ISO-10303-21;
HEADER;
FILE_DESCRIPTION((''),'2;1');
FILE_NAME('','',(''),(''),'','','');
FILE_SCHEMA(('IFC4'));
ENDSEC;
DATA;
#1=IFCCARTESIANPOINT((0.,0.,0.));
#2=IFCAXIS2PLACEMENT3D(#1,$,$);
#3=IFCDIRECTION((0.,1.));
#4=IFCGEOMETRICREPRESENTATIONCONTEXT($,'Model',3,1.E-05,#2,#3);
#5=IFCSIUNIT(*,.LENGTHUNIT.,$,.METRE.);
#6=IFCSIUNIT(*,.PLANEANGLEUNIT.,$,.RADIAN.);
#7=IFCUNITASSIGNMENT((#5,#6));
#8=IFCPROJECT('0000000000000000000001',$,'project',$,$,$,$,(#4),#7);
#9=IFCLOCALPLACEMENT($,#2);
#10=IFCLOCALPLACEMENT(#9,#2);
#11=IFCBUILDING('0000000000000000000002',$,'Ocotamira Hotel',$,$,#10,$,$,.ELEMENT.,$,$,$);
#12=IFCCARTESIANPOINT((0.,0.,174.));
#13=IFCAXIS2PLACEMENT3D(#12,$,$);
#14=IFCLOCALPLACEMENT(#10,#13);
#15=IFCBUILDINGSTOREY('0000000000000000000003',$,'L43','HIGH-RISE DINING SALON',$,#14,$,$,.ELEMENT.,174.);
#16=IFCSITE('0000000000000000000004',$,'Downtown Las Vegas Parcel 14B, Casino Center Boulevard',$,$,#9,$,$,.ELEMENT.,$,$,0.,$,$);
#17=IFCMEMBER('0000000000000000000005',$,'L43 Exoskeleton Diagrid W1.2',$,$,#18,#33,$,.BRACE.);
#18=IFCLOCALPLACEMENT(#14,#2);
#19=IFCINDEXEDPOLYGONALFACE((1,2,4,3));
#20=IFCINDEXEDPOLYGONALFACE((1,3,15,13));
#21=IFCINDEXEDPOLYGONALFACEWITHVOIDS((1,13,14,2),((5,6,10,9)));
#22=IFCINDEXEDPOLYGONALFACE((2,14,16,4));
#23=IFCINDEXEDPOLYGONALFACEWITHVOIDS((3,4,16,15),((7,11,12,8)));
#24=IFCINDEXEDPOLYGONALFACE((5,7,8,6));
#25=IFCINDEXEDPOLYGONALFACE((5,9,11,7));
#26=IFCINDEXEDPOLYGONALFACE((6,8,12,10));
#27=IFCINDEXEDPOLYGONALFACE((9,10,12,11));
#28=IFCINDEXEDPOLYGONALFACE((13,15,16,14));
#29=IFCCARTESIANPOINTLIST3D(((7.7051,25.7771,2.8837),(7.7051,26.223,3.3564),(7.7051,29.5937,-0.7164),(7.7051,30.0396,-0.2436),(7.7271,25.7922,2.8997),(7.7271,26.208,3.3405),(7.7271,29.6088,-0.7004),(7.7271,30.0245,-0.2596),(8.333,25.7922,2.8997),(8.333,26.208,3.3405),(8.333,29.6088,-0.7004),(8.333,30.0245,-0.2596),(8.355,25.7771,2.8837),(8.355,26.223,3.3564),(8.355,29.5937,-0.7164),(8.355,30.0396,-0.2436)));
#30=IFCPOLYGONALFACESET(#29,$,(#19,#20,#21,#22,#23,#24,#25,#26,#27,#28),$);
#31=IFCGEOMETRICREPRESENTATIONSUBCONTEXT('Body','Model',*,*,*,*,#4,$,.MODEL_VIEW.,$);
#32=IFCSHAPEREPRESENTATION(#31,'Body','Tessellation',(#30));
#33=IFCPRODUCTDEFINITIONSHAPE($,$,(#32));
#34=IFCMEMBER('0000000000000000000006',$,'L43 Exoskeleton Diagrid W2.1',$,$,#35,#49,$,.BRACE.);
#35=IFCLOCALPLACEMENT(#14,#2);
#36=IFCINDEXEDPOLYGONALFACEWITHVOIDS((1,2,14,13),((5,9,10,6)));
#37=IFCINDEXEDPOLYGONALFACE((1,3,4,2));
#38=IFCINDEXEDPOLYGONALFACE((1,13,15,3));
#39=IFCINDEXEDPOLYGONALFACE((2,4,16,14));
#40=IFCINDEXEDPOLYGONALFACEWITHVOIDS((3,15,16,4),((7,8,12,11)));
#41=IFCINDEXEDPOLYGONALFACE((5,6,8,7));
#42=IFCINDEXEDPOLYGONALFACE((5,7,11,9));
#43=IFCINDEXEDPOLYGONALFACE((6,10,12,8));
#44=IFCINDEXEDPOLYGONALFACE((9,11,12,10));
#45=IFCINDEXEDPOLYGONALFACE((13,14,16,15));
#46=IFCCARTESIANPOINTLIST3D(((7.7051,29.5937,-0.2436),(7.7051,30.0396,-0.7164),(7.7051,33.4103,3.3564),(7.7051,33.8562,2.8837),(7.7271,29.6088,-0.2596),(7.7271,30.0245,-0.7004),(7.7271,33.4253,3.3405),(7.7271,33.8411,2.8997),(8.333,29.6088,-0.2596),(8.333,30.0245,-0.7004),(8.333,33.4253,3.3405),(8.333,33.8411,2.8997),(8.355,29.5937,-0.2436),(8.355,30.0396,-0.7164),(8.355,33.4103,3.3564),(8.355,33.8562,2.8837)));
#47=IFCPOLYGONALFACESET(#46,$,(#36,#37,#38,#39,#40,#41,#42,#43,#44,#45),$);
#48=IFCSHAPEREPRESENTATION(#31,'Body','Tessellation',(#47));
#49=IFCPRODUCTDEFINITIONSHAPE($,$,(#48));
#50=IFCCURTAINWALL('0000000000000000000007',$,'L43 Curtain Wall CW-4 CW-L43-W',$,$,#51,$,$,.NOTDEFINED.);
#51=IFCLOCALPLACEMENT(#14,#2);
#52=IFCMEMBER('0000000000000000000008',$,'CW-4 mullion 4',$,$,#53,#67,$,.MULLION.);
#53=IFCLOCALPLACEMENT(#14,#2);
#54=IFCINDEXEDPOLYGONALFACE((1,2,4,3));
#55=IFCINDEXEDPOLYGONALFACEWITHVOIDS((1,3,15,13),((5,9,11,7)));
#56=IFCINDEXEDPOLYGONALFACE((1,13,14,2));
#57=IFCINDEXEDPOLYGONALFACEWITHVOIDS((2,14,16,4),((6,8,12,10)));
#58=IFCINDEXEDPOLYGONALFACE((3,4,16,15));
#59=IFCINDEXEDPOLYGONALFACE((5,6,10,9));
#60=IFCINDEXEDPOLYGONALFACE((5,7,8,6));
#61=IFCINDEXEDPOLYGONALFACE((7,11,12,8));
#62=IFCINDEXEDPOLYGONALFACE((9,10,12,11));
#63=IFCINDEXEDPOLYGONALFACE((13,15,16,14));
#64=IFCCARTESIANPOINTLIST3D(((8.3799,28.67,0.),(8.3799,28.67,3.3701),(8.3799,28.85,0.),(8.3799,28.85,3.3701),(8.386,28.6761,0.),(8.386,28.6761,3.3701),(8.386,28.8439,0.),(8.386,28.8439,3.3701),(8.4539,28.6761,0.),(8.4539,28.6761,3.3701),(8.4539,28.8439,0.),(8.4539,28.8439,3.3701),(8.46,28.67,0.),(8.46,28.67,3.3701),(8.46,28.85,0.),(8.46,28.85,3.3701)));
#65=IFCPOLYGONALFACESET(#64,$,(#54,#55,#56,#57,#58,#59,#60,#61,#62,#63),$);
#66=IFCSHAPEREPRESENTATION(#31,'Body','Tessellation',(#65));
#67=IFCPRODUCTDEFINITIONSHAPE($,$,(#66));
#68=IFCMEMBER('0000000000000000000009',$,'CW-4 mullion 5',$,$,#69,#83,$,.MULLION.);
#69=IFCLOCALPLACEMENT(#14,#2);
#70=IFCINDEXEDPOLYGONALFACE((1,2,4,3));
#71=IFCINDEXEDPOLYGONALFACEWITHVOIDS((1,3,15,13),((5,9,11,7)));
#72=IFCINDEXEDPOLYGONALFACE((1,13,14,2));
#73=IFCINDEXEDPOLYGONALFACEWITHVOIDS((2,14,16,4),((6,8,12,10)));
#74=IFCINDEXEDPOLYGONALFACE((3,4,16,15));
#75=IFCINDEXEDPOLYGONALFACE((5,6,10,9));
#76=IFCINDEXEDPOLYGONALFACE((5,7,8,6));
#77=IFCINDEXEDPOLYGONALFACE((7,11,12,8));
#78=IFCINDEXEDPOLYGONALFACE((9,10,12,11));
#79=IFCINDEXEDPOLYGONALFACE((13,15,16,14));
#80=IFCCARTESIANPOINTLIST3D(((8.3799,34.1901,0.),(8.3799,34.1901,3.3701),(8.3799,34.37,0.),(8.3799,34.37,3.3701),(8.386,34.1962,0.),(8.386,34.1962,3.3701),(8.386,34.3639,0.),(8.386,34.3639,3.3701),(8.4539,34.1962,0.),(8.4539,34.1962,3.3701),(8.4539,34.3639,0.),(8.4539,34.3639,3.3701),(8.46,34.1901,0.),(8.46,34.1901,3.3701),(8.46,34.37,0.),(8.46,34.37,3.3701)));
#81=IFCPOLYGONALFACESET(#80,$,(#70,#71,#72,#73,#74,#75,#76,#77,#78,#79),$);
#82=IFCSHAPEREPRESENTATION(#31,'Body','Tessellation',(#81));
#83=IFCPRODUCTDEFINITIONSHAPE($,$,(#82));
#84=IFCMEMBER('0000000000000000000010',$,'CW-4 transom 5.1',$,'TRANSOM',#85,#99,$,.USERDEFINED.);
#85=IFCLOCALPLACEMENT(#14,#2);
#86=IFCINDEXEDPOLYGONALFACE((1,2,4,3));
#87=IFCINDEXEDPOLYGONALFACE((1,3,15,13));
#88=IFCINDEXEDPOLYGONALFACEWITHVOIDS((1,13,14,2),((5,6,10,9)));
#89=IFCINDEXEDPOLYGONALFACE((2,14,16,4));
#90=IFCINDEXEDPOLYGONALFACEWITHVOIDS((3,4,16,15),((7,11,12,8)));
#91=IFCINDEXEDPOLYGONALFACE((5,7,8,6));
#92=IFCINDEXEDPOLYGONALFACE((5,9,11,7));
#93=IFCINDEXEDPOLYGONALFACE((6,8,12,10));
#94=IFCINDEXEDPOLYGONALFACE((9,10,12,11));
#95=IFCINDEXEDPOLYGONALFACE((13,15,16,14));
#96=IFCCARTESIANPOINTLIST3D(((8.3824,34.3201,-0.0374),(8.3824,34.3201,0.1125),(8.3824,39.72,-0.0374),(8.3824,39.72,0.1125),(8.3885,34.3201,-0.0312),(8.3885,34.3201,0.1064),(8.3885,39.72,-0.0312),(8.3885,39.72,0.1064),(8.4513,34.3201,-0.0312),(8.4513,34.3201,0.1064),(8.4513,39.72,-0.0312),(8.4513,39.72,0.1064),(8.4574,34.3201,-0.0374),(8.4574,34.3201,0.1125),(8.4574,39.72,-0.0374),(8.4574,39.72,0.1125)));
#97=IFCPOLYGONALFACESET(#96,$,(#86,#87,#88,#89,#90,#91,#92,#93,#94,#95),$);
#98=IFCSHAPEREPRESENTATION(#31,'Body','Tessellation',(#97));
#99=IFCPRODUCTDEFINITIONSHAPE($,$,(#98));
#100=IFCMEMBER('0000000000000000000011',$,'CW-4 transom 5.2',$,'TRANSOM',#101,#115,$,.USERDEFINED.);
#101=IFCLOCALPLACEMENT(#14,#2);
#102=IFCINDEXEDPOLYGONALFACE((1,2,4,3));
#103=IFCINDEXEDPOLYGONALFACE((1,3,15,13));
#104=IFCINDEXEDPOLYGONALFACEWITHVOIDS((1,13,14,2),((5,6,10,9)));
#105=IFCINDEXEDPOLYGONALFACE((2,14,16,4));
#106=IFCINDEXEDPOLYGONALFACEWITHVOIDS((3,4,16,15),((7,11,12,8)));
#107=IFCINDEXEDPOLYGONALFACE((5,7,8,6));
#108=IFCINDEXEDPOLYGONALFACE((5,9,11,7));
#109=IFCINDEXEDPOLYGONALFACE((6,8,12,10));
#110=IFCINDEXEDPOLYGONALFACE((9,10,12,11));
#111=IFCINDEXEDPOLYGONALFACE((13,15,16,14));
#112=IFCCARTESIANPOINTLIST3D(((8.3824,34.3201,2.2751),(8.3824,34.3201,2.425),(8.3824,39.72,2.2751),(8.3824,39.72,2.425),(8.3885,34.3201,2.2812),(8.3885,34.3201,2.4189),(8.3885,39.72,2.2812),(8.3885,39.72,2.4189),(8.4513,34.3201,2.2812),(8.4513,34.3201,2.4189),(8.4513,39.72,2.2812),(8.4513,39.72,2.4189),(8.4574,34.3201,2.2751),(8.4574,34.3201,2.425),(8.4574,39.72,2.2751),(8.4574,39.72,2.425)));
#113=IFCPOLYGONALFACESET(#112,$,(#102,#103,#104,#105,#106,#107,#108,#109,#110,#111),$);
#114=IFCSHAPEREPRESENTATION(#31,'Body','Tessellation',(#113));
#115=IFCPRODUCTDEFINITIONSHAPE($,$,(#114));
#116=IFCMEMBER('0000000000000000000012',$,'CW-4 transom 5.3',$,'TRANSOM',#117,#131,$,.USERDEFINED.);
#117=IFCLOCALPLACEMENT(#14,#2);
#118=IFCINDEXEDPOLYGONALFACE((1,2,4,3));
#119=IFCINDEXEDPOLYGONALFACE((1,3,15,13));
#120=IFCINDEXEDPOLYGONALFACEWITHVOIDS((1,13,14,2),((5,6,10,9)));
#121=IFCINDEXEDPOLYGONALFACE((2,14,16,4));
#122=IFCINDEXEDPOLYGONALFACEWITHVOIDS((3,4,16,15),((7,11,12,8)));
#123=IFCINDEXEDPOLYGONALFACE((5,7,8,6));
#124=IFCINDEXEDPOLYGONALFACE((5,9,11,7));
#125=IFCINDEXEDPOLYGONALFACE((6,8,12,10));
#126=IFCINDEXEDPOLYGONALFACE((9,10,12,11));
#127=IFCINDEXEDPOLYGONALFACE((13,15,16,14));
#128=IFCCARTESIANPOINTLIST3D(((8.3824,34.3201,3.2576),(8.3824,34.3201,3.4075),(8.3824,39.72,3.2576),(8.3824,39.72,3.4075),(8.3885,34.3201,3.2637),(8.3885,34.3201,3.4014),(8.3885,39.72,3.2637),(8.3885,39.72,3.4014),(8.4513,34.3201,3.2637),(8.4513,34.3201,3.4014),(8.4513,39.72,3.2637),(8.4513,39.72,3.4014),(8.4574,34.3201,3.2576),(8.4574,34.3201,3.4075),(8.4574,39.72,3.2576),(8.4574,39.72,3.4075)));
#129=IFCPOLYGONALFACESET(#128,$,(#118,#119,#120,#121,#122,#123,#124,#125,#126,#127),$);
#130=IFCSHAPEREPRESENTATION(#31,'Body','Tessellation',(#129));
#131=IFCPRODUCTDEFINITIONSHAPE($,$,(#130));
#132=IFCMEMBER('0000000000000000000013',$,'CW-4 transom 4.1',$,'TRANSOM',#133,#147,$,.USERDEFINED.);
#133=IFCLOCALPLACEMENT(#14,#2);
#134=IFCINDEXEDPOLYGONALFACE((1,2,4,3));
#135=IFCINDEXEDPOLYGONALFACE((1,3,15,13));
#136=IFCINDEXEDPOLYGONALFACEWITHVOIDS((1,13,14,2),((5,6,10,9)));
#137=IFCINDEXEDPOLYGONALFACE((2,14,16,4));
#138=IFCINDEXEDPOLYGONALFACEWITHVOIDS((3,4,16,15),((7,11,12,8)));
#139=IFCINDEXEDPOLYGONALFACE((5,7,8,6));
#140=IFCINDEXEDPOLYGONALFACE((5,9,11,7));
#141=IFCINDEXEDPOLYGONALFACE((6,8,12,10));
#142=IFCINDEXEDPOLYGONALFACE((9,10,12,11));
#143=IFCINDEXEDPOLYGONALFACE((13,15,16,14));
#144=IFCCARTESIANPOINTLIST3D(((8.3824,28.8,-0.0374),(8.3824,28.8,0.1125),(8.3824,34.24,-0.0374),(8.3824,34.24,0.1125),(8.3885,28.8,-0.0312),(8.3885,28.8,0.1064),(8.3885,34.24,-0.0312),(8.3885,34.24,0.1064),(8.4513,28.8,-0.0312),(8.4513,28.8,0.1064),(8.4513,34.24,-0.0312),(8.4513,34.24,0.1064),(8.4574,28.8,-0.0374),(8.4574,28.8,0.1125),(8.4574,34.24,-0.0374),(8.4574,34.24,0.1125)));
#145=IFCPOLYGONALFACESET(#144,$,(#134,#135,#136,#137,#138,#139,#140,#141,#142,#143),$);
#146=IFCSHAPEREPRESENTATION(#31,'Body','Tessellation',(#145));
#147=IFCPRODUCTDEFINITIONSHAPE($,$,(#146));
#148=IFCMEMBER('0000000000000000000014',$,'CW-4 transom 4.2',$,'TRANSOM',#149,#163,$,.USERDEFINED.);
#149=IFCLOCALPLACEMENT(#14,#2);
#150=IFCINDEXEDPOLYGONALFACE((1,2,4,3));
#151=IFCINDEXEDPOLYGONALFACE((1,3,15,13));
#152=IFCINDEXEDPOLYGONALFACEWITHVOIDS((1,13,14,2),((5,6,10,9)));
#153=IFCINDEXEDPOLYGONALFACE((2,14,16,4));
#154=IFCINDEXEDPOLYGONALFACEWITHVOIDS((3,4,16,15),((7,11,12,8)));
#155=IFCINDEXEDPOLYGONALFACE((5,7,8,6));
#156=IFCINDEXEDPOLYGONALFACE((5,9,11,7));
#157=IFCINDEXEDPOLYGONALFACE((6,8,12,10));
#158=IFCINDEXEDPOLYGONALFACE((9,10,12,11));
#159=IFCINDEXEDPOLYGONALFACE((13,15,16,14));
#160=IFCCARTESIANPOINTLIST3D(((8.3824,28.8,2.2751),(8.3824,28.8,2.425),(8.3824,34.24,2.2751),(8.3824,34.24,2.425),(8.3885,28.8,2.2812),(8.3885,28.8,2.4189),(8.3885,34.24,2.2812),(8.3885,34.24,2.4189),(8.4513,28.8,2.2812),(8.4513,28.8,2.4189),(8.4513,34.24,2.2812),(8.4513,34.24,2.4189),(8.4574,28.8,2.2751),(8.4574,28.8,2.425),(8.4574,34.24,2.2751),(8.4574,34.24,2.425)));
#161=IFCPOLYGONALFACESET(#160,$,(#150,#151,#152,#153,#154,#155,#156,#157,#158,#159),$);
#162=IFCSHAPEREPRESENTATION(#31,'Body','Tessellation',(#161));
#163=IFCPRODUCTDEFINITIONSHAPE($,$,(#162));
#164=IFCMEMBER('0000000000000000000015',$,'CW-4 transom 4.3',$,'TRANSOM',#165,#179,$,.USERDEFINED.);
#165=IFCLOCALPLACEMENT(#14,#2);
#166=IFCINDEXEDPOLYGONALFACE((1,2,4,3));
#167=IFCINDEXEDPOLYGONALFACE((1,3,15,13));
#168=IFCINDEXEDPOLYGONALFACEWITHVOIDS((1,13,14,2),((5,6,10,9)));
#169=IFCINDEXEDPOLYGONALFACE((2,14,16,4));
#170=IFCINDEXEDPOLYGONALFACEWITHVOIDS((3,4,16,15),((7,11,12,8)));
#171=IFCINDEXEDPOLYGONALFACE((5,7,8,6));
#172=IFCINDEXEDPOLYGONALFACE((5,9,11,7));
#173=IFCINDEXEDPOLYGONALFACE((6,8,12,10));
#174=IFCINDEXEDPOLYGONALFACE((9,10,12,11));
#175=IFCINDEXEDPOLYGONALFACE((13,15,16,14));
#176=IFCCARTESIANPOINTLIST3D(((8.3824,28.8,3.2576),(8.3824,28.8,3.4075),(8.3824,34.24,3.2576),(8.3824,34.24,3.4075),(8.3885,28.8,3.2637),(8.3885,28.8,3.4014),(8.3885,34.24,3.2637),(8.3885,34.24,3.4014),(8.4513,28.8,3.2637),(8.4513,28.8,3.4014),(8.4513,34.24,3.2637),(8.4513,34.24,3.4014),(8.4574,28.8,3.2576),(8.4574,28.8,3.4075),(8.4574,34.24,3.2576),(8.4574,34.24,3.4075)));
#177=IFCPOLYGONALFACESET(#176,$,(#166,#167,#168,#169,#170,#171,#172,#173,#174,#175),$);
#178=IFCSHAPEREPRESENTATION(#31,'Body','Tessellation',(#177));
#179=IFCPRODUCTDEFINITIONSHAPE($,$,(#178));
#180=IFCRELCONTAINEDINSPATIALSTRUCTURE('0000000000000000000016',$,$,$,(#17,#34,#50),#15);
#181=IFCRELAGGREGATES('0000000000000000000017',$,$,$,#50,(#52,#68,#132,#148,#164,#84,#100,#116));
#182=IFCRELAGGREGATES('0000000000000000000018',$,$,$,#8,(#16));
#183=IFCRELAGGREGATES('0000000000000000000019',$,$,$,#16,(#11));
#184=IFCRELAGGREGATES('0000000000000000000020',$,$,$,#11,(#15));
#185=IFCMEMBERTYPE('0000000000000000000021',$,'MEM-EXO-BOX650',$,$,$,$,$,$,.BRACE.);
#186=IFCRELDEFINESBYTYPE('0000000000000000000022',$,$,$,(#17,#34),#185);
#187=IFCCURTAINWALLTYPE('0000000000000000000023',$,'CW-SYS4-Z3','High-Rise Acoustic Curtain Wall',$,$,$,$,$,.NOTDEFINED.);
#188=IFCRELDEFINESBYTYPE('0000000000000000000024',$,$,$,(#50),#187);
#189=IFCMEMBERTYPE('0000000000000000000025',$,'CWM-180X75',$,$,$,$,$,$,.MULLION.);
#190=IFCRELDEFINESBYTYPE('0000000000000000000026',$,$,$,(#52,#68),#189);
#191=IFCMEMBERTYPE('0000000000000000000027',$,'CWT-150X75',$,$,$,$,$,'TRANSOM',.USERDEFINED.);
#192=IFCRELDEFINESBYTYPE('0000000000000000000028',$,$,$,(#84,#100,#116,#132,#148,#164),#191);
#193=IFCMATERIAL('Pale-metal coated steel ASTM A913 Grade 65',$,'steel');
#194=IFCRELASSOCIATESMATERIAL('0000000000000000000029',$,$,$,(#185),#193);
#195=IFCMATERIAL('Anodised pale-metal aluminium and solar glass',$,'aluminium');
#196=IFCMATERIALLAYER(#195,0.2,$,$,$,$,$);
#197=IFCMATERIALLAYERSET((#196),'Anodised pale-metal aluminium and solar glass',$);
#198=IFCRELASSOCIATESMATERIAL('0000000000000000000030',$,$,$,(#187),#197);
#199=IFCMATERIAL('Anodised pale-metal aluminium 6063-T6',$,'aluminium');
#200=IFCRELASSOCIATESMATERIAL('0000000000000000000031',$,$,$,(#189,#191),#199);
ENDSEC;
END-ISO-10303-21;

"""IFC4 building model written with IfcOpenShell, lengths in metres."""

from ifc_helpers import new_model, si_unit, direction, frame, origin, origin_2d, place, context, subcontext, project, spatial, hollow_rectangle, extrude, source, transform, mapped, material, layer, layer_set, material_profile, profile_set, type_object, element, aggregate, save


model = new_model("IFC4")

# Units and contexts
model_context = context("Model", 3, precision=1e-05, world=origin(), true_north=direction((0.0, 1.0)))
body_context = subcontext(model_context, "Body", "Model", "MODEL_VIEW")
ifc_project = project(units=[si_unit("LENGTHUNIT", "METRE"), si_unit("PLANEANGLEUNIT", "RADIAN")], contexts=[model_context])

# Site, building, storey
site_placement = place(None, origin())
site = spatial("IfcSite", under=ifc_project, at=site_placement, Name="Downtown Las Vegas Parcel 14B, Casino Center Boulevard", CompositionType="ELEMENT", RefElevation=0.0)
building_placement = place(site_placement, origin())
building = spatial("IfcBuilding", under=site, at=building_placement, Name="Ocotamira Hotel", CompositionType="ELEMENT")
storey_placement = place(building_placement, frame((0.0, 0.0, 174.0)))
storey = spatial("IfcBuildingStorey", under=building, at=storey_placement, Name="L43", Description="HIGH-RISE DINING SALON", CompositionType="ELEMENT", Elevation=174.0)

# Members
ifc_material_1 = material(Name="Pale-metal coated steel ASTM A913 Grade 65", Category="steel")
ifc_material_profile_1 = material_profile(ifc_material_1, hollow_rectangle(XDim=0.6499, YDim=0.6499, WallThickness=0.022, at=origin_2d()), Name="BOX650X650X22")
ifc_profile_set_1 = profile_set([ifc_material_profile_1], Name="Pale-metal coated steel ASTM A913 Grade 65")
member_type_1 = type_object("IfcMemberType", Name="MEM-EXO-BOX650", PredefinedType="BRACE", material=ifc_profile_set_1)
shared_shape_1 = source(origin(), body_context, "Body", "SweptSolid", [
    extrude(hollow_rectangle(XDim=0.6499, YDim=0.6499, WallThickness=0.022, at=origin_2d()), origin(), (0.0, 0.0, 1.0), 5.2466),
])
for number, where, z_axis, x_axis, name in (
    (1, (8.03, 29.8167, -0.48), (0.0, -0.727443, 0.686168), (1.0, 0.0, 0.0), "L43 Exoskeleton Diagrid W1.2"),
    (2, (8.03, 29.8167, -0.48), (0.0, 0.727443, 0.686168), (-1.0, 0.0, 0.0), "L43 Exoskeleton Diagrid W2.1"),
):
    element("IfcMember", number, at=place(storey_placement, frame(where, z_axis=z_axis, x_axis=x_axis)), inside=storey, type_object=member_type_1, Name=name, PredefinedType="BRACE", context=body_context, shape_type="MappedRepresentation", body=[
        mapped(shared_shape_1, transform((0.0, 0.0, 0.0), scale=1.0)),
    ])

# Curtain wall, members
ifc_material_2 = material(Name="Anodised pale-metal aluminium and solar glass", Category="aluminium")
ifc_layer_1 = layer(ifc_material_2, 0.2)
ifc_layer_set_1 = layer_set([ifc_layer_1], Name="Anodised pale-metal aluminium and solar glass")
curtain_wall_type = type_object("IfcCurtainWallType", Name="CW-SYS4-Z3", Description="High-Rise Acoustic Curtain Wall", PredefinedType="NOTDEFINED", material=ifc_layer_set_1)
curtain_wall_placement = place(storey_placement, origin())
curtain_wall = element("IfcCurtainWall", 3, at=curtain_wall_placement, inside=storey, type_object=curtain_wall_type, Name="L43 Curtain Wall CW-4 CW-L43-W", PredefinedType="NOTDEFINED")
ifc_material_3 = material(Name="Anodised pale-metal aluminium 6063-T6", Category="aluminium")
ifc_material_profile_2 = material_profile(ifc_material_3, hollow_rectangle(XDim=0.0801, YDim=0.1799, WallThickness=0.0061, at=origin_2d()), Name="HSS180X80X6")
ifc_profile_set_2 = profile_set([ifc_material_profile_2], Name="Anodised pale-metal aluminium 6063-T6")
member_type_2 = type_object("IfcMemberType", Name="CWM-180X75", PredefinedType="MULLION", material=ifc_profile_set_2)
shared_shape_2 = source(origin(), body_context, "Body", "SweptSolid", [
    extrude(hollow_rectangle(XDim=0.0801, YDim=0.1799, WallThickness=0.0061, at=origin_2d()), origin(), (0.0, 0.0, 1.0), 3.3701),
])
member_1_placement = place(storey_placement, frame((8.4199, 28.76, 0.0), z_axis=(0.0, 0.0, 1.0), x_axis=(-1.0, 0.0, 0.0)))
member_1 = element("IfcMember", 4, at=member_1_placement, type_object=member_type_2, Name="CW-4 mullion 4", PredefinedType="MULLION", context=body_context, shape_type="MappedRepresentation", body=[
    mapped(shared_shape_2, transform((0.0, 0.0, 0.0), scale=1.0)),
])
member_2_placement = place(storey_placement, frame((8.4199, 34.28, 0.0), z_axis=(0.0, 0.0, 1.0), x_axis=(-1.0, 0.0, 0.0)))
member_2 = element("IfcMember", 5, at=member_2_placement, type_object=member_type_2, Name="CW-4 mullion 5", PredefinedType="MULLION", context=body_context, shape_type="MappedRepresentation", body=[
    mapped(shared_shape_2, transform((0.0, 0.0, 0.0), scale=1.0)),
])
ifc_material_profile_3 = material_profile(ifc_material_3, hollow_rectangle(XDim=0.075, YDim=0.1499, WallThickness=0.0061, at=origin_2d()), Name="HSS150X75X6")
ifc_profile_set_3 = profile_set([ifc_material_profile_3], Name="Anodised pale-metal aluminium 6063-T6")
member_type_3 = type_object("IfcMemberType", Name="CWT-150X75", ElementType="TRANSOM", PredefinedType="USERDEFINED", material=ifc_profile_set_3)
shared_shape_3 = source(origin(), body_context, "Body", "SweptSolid", [
    extrude(hollow_rectangle(XDim=0.075, YDim=0.1499, WallThickness=0.0061, at=origin_2d()), origin(), (0.0, 0.0, 1.0), 5.3999),
])
member_3_placement = place(storey_placement, frame((8.4199, 34.3201, 0.0376), z_axis=(0.0, 1.0, 0.0), x_axis=(-1.0, 0.0, 0.0)))
member_3 = element("IfcMember", 6, at=member_3_placement, type_object=member_type_3, Name="CW-4 transom 5.1", ObjectType="TRANSOM", PredefinedType="USERDEFINED", context=body_context, shape_type="MappedRepresentation", body=[
    mapped(shared_shape_3, transform((0.0, 0.0, 0.0), scale=1.0)),
])
member_4_placement = place(storey_placement, frame((8.4199, 34.3201, 2.3501), z_axis=(0.0, 1.0, 0.0), x_axis=(-1.0, 0.0, 0.0)))
member_4 = element("IfcMember", 7, at=member_4_placement, type_object=member_type_3, Name="CW-4 transom 5.2", ObjectType="TRANSOM", PredefinedType="USERDEFINED", context=body_context, shape_type="MappedRepresentation", body=[
    mapped(shared_shape_3, transform((0.0, 0.0, 0.0), scale=1.0)),
])
member_5_placement = place(storey_placement, frame((8.4199, 34.3201, 3.3325), z_axis=(0.0, 1.0, 0.0), x_axis=(-1.0, 0.0, 0.0)))
member_5 = element("IfcMember", 8, at=member_5_placement, type_object=member_type_3, Name="CW-4 transom 5.3", ObjectType="TRANSOM", PredefinedType="USERDEFINED", context=body_context, shape_type="MappedRepresentation", body=[
    mapped(shared_shape_3, transform((0.0, 0.0, 0.0), scale=1.0)),
])
shared_shape_4 = source(origin(), body_context, "Body", "SweptSolid", [
    extrude(hollow_rectangle(XDim=0.075, YDim=0.1499, WallThickness=0.0061, at=origin_2d()), origin(), (0.0, 0.0, 1.0), 5.4399),
])
member_6_placement = place(storey_placement, frame((8.4199, 28.8, 0.0376), z_axis=(0.0, 1.0, 0.0), x_axis=(-1.0, 0.0, 0.0)))
member_6 = element("IfcMember", 9, at=member_6_placement, type_object=member_type_3, Name="CW-4 transom 4.1", ObjectType="TRANSOM", PredefinedType="USERDEFINED", context=body_context, shape_type="MappedRepresentation", body=[
    mapped(shared_shape_4, transform((0.0, 0.0, 0.0), scale=1.0)),
])
member_7_placement = place(storey_placement, frame((8.4199, 28.8, 2.3501), z_axis=(0.0, 1.0, 0.0), x_axis=(-1.0, 0.0, 0.0)))
member_7 = element("IfcMember", 10, at=member_7_placement, type_object=member_type_3, Name="CW-4 transom 4.2", ObjectType="TRANSOM", PredefinedType="USERDEFINED", context=body_context, shape_type="MappedRepresentation", body=[
    mapped(shared_shape_4, transform((0.0, 0.0, 0.0), scale=1.0)),
])
member_8_placement = place(storey_placement, frame((8.4199, 28.8, 3.3325), z_axis=(0.0, 1.0, 0.0), x_axis=(-1.0, 0.0, 0.0)))
member_8 = element("IfcMember", 11, at=member_8_placement, type_object=member_type_3, Name="CW-4 transom 4.3", ObjectType="TRANSOM", PredefinedType="USERDEFINED", context=body_context, shape_type="MappedRepresentation", body=[
    mapped(shared_shape_4, transform((0.0, 0.0, 0.0), scale=1.0)),
])

aggregate(curtain_wall, [member_1, member_2, member_6, member_7, member_8, member_3, member_4, member_5])

save(model, "model.ifc")
